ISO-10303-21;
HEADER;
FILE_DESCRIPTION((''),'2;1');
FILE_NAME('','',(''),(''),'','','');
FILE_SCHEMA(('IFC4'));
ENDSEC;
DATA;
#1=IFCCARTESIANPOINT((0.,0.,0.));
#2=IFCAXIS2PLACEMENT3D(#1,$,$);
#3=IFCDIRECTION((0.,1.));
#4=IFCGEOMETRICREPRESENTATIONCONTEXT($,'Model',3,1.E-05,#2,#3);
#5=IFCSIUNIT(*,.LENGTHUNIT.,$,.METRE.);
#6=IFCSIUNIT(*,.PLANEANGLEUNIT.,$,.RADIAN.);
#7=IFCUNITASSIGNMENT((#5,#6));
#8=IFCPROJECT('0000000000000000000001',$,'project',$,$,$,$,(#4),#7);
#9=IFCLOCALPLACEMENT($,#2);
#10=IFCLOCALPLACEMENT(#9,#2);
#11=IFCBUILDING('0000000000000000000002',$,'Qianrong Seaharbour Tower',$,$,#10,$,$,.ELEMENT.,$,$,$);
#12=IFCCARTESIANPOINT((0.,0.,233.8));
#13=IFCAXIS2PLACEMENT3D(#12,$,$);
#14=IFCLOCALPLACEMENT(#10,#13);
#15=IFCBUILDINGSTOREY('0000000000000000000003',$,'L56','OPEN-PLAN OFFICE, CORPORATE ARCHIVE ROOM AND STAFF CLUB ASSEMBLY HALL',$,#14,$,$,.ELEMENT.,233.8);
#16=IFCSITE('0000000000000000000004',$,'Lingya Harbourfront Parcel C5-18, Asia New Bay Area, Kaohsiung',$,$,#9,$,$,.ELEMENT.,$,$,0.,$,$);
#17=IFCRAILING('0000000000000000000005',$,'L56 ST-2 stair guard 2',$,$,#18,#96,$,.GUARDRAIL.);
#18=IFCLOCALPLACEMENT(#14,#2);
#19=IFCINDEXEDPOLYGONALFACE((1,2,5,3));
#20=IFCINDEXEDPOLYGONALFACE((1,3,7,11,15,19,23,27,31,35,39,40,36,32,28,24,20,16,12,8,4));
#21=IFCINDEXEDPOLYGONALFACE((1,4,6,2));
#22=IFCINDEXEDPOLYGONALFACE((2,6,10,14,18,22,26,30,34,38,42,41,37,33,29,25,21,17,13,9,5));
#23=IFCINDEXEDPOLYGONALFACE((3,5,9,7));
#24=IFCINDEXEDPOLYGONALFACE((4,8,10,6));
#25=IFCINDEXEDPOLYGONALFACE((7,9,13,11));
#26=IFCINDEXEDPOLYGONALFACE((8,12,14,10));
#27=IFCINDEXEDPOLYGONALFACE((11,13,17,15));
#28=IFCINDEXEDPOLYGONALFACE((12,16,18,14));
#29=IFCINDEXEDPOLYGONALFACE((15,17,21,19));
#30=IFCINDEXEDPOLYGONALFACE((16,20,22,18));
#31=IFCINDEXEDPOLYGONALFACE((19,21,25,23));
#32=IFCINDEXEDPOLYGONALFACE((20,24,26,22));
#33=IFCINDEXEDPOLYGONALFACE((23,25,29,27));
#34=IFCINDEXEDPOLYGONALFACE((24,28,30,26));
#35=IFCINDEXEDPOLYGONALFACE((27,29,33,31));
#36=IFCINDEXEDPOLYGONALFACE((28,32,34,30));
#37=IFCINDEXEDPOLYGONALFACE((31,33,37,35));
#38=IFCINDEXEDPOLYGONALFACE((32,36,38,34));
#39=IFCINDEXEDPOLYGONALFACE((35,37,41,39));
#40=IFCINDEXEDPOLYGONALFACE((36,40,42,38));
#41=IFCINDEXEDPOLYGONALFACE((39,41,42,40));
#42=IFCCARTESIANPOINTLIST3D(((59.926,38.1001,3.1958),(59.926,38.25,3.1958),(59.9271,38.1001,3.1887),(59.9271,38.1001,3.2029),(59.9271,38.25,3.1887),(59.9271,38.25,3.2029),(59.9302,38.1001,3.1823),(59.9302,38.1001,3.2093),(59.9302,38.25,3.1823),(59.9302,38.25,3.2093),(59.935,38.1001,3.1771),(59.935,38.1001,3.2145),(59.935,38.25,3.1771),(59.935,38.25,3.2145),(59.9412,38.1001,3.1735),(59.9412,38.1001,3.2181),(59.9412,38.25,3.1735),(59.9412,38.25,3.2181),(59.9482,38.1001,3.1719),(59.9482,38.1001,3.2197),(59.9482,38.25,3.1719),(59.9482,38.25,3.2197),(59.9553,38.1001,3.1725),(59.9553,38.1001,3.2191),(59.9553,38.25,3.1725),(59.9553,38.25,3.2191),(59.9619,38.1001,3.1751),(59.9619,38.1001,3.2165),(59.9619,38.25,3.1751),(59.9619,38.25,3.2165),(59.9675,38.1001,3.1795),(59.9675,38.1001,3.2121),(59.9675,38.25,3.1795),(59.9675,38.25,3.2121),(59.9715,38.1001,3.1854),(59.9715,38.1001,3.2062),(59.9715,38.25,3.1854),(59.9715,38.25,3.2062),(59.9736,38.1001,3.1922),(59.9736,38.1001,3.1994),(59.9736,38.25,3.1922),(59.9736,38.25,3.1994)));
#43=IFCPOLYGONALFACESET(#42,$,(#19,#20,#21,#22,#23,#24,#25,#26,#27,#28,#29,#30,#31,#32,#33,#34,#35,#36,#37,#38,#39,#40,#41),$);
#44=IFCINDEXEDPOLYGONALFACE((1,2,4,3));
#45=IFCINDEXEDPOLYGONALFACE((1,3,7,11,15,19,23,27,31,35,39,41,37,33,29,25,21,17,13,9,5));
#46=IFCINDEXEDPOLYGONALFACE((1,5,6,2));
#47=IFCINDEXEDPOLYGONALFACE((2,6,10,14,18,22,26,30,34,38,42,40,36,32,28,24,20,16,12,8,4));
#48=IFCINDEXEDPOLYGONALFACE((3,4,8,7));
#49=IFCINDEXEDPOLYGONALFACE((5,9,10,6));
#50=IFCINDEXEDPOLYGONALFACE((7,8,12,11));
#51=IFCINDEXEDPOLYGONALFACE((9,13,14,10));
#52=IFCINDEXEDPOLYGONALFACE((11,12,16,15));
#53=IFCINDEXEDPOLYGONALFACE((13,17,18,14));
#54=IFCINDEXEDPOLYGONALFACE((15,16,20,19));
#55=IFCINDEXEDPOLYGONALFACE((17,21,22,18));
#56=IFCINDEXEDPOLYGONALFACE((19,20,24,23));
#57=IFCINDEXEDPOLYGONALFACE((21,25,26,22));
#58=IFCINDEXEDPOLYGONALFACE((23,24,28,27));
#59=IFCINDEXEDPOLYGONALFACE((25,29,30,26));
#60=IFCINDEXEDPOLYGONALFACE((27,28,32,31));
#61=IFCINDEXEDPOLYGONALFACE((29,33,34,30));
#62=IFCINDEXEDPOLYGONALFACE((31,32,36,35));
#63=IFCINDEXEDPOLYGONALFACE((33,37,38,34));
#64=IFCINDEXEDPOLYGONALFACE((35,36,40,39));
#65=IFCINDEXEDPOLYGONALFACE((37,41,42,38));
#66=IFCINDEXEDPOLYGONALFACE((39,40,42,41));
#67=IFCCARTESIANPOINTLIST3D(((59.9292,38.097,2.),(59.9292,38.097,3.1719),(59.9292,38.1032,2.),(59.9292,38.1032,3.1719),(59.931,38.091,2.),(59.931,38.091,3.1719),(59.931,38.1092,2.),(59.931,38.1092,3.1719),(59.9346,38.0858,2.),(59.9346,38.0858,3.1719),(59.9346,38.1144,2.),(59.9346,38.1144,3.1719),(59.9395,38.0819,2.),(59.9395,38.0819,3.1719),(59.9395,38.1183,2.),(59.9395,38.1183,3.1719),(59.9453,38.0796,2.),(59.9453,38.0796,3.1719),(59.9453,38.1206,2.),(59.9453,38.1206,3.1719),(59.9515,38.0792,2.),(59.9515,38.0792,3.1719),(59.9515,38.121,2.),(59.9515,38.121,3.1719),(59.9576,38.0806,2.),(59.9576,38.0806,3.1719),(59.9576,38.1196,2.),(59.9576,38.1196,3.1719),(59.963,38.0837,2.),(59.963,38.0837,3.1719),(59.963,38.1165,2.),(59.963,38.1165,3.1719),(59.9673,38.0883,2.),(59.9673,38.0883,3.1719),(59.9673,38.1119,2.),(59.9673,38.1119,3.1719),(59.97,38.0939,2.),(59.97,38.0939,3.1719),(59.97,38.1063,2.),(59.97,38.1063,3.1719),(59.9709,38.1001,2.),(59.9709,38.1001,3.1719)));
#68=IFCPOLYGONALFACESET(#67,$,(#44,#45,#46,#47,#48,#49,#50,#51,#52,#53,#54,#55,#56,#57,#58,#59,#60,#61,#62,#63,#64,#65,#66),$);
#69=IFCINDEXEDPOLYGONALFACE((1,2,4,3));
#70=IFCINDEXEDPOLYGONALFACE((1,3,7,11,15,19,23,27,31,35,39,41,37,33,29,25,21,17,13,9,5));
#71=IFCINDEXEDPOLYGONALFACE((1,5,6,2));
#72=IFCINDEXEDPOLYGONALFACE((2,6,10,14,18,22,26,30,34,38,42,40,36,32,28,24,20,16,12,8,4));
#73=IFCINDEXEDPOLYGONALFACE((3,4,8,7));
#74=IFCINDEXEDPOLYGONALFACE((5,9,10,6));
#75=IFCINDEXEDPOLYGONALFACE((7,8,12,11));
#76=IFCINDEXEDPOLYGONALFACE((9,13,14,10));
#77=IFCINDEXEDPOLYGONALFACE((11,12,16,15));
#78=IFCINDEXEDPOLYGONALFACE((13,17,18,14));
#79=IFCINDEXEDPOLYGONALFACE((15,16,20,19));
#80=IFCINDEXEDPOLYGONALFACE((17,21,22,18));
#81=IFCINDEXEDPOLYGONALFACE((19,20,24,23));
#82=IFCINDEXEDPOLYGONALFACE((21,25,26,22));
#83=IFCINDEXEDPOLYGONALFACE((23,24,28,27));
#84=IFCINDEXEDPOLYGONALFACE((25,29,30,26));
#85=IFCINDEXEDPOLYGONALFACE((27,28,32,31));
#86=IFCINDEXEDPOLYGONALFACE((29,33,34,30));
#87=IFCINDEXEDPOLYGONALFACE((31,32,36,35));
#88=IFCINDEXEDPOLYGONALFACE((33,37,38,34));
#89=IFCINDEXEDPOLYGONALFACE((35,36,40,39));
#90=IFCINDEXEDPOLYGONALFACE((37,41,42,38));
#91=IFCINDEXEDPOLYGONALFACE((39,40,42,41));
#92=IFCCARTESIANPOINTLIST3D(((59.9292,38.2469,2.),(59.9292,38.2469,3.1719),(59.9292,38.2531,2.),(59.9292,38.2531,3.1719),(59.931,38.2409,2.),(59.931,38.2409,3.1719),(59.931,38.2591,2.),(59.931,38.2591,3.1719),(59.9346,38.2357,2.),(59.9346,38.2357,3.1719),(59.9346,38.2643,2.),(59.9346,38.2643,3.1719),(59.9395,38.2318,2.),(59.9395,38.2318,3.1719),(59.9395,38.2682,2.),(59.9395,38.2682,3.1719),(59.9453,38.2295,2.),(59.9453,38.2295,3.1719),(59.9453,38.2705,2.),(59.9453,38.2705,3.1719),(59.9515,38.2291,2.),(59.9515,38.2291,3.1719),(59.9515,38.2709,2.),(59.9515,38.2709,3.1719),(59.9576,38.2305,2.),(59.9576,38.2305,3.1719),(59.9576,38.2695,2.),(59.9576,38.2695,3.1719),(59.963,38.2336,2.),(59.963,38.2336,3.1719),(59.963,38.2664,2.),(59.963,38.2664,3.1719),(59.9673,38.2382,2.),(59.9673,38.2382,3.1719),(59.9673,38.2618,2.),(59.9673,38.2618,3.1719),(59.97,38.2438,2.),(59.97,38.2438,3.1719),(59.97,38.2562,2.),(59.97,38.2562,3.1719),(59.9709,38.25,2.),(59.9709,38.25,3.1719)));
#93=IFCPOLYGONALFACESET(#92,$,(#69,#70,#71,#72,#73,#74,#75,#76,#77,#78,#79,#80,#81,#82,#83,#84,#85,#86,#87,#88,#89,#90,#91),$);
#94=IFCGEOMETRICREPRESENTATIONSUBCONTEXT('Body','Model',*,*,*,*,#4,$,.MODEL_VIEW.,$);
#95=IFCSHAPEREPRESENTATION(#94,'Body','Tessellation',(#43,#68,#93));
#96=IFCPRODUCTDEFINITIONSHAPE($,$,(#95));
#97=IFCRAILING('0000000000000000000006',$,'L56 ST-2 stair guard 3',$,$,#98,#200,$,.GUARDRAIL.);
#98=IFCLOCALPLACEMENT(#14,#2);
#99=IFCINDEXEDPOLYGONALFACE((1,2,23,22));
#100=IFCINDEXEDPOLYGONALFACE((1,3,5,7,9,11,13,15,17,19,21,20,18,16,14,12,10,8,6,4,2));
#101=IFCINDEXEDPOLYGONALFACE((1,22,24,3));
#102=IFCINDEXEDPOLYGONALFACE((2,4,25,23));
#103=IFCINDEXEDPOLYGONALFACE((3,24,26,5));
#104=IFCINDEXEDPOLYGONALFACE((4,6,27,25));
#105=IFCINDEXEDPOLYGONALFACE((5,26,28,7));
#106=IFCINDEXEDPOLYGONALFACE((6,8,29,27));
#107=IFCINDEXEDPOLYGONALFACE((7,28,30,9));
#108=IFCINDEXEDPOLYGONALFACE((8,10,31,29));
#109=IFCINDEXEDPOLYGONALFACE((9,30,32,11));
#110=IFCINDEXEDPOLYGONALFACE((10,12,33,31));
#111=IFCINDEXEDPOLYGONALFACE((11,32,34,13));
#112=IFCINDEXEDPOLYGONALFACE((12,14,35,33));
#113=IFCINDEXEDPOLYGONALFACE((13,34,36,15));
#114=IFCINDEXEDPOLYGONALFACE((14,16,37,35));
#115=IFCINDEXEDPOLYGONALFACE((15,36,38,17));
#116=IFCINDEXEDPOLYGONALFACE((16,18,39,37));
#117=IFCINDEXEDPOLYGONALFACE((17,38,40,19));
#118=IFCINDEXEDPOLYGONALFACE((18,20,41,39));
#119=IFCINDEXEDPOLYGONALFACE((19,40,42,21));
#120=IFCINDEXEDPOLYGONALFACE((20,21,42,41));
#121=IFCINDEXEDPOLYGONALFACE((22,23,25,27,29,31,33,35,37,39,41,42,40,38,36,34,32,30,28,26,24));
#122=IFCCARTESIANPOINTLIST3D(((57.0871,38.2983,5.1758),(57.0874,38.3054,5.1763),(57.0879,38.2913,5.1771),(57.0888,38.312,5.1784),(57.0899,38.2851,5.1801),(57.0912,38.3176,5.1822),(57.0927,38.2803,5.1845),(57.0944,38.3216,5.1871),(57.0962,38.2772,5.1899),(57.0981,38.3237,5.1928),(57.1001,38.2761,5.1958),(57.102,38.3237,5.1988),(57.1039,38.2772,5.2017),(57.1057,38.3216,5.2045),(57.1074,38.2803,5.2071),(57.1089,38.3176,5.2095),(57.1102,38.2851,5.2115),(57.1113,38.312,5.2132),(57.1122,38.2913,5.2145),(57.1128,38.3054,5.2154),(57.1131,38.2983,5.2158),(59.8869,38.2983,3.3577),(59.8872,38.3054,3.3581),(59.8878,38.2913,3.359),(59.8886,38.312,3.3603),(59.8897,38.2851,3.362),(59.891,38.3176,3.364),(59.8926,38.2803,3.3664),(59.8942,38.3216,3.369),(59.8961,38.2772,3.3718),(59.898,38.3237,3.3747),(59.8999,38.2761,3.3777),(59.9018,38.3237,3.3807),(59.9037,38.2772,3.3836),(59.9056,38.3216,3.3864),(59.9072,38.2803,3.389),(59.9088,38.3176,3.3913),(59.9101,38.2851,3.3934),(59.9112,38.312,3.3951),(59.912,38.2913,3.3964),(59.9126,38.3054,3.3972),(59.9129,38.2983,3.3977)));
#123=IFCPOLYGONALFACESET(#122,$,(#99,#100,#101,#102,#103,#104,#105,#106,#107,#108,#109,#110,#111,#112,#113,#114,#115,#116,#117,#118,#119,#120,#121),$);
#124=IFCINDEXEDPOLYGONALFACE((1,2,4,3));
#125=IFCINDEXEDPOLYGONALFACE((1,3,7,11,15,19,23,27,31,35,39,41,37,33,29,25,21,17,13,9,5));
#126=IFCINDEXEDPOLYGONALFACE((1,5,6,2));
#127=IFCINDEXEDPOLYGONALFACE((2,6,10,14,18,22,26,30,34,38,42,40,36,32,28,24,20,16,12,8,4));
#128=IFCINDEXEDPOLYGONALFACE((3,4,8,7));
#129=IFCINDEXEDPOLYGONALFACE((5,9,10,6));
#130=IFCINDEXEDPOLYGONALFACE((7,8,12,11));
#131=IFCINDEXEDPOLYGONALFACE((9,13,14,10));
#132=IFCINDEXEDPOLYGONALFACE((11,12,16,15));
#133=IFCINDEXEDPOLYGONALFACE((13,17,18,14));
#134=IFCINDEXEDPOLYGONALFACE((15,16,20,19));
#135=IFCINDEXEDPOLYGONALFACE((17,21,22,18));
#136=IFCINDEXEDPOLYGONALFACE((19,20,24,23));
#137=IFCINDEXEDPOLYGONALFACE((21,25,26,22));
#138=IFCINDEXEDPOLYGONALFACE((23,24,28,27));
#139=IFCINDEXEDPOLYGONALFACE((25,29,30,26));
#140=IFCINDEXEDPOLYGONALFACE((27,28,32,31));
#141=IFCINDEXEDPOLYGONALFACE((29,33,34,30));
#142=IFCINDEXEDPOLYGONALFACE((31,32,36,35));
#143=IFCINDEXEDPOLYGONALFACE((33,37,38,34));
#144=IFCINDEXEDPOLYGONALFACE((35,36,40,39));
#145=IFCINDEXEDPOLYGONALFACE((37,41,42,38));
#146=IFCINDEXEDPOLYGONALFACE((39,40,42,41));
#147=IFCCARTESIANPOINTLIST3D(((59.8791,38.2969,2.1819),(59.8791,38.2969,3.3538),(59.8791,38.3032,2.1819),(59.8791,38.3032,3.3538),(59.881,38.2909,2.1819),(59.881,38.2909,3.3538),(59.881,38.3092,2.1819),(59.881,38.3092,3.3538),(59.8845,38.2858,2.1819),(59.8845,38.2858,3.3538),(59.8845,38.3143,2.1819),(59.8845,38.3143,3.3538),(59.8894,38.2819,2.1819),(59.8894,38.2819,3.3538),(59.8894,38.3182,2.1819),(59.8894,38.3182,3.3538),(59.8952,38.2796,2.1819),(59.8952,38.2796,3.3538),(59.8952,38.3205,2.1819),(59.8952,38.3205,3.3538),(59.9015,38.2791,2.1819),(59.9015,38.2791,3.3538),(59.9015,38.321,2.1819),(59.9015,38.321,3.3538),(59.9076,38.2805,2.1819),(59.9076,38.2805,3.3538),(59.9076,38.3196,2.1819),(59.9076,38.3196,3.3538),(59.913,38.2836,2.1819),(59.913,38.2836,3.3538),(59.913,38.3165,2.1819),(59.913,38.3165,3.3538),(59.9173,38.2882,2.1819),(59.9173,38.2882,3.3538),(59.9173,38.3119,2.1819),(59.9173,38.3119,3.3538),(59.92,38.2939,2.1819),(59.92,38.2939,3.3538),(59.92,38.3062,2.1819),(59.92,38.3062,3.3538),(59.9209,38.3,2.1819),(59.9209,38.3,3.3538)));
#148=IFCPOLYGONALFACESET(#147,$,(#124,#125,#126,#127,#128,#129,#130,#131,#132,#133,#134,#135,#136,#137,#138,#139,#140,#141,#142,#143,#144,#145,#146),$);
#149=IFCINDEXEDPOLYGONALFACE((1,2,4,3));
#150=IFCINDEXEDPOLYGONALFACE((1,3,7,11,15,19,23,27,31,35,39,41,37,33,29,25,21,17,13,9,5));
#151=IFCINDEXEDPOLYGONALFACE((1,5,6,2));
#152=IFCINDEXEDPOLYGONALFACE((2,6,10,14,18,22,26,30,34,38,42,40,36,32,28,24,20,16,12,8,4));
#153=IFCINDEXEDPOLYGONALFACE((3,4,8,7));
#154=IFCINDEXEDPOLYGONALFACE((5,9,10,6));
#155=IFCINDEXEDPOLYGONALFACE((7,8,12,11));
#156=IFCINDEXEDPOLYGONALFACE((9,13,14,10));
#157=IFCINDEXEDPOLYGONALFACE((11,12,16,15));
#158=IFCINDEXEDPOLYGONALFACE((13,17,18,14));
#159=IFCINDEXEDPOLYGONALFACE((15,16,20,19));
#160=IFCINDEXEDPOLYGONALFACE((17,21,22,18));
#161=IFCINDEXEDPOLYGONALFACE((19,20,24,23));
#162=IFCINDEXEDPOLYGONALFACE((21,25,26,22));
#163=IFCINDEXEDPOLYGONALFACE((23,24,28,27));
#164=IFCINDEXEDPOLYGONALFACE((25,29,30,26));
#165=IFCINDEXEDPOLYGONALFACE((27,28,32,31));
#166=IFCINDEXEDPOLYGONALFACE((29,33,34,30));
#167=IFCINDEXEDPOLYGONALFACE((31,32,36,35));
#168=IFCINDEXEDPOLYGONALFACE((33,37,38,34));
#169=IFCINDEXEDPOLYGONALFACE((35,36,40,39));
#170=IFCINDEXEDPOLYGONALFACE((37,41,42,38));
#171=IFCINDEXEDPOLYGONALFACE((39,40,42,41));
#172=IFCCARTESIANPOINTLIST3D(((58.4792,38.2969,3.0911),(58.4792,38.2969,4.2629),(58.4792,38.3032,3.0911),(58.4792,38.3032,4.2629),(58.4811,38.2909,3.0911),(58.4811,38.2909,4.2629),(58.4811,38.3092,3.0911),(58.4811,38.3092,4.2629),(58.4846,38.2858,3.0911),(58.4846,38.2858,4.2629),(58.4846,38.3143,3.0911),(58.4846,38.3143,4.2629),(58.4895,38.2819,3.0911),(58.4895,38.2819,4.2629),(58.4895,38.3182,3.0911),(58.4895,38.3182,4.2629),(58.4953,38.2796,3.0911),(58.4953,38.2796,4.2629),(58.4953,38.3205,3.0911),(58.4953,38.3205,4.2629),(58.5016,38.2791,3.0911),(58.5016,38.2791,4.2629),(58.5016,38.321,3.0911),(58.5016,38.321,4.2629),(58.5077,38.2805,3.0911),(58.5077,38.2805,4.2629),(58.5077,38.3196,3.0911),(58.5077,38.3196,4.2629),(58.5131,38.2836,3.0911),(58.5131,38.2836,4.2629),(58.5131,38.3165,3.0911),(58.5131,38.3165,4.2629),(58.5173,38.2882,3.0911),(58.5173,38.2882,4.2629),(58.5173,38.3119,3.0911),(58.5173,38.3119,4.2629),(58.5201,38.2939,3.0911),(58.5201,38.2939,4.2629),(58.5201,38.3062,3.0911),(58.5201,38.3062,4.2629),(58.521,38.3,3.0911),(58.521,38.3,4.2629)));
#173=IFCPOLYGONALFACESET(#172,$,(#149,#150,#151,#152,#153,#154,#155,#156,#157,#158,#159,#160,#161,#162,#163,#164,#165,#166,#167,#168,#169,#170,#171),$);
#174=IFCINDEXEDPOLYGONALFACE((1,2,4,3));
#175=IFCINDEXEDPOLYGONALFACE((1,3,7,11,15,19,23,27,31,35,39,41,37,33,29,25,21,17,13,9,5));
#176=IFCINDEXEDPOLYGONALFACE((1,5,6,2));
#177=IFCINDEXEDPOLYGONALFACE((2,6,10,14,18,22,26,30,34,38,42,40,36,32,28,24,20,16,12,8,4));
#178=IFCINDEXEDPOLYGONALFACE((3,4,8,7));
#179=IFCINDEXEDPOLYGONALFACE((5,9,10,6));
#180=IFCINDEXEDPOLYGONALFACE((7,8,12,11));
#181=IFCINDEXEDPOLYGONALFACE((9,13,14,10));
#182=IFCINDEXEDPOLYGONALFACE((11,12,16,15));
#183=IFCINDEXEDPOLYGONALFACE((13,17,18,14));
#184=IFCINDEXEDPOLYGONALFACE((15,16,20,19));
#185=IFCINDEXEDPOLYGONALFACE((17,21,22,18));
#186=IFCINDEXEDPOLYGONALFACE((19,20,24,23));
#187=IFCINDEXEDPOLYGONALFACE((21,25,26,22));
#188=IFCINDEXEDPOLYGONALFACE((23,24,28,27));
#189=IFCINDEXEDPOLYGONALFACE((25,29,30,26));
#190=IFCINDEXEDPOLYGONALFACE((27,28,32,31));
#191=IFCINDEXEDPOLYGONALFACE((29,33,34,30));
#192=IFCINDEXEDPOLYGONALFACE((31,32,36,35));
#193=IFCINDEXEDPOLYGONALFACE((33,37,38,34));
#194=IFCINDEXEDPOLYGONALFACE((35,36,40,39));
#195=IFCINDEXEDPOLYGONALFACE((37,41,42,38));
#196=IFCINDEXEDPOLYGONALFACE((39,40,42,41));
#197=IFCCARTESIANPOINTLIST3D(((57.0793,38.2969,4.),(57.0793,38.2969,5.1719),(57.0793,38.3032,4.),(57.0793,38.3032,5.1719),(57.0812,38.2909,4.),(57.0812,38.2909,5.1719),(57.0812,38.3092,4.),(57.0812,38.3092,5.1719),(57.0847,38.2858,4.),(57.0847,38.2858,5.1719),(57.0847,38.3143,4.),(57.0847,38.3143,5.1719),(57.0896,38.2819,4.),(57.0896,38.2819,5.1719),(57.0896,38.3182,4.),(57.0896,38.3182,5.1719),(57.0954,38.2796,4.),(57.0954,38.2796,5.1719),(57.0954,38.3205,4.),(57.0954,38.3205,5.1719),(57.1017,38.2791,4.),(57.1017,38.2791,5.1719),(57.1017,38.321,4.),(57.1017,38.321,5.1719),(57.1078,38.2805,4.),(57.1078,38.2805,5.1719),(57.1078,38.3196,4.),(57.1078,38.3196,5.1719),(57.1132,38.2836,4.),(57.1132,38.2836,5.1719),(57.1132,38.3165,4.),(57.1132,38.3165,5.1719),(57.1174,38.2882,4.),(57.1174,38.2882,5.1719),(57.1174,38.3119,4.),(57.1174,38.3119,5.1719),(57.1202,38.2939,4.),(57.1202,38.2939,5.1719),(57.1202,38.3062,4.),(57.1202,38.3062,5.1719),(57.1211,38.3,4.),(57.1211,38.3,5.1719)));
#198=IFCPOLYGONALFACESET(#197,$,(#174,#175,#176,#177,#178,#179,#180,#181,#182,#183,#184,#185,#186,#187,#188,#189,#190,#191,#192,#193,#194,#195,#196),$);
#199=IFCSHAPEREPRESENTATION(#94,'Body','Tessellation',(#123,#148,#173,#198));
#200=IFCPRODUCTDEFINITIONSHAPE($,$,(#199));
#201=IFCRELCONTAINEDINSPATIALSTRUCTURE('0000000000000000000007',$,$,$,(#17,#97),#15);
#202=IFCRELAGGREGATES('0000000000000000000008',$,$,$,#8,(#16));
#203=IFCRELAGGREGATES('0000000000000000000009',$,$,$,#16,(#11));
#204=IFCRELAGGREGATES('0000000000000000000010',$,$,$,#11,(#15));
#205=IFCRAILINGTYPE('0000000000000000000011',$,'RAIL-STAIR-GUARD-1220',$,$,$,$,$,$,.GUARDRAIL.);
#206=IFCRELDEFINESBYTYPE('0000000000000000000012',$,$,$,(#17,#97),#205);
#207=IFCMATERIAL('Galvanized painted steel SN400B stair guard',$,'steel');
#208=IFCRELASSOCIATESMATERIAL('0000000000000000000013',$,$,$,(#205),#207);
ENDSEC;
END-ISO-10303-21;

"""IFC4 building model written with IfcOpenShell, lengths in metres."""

from ifc_helpers import new_model, si_unit, direction, frame, origin, origin_2d, place, context, subcontext, project, spatial, circle, extrude, material, type_object, element, save


model = new_model("IFC4")

# Units and contexts
model_context = context("Model", 3, precision=1e-05, world=origin(), true_north=direction((0.0, 1.0)))
body_context = subcontext(model_context, "Body", "Model", "MODEL_VIEW")
ifc_project = project(units=[si_unit("LENGTHUNIT", "METRE"), si_unit("PLANEANGLEUNIT", "RADIAN")], contexts=[model_context])

# Site, building, storey
site_placement = place(None, origin())
site = spatial("IfcSite", under=ifc_project, at=site_placement, Name="Lingya Harbourfront Parcel C5-18, Asia New Bay Area, Kaohsiung", CompositionType="ELEMENT", RefElevation=0.0)
building_placement = place(site_placement, origin())
building = spatial("IfcBuilding", under=site, at=building_placement, Name="Qianrong Seaharbour Tower", CompositionType="ELEMENT")
storey_placement = place(building_placement, frame((0.0, 0.0, 233.8)))
storey = spatial("IfcBuildingStorey", under=building, at=storey_placement, Name="L56", Description="OPEN-PLAN OFFICE, CORPORATE ARCHIVE ROOM AND STAFF CLUB ASSEMBLY HALL", CompositionType="ELEMENT", Elevation=233.8)

# Railings
ifc_material_1 = material(Name="Galvanized painted steel SN400B stair guard", Category="steel")
railing_type_1 = type_object("IfcRailingType", Name="RAIL-STAIR-GUARD-1220", PredefinedType="GUARDRAIL", material=ifc_material_1)
railing_1_placement = place(storey_placement, frame((59.95, 38.1001, 2.0)))
element("IfcRailing", 1, at=railing_1_placement, inside=storey, type_object=railing_type_1, Name="L56 ST-2 stair guard 2", PredefinedType="GUARDRAIL", context=body_context, shape_type="SweptSolid", body=[
    extrude(circle(Radius=0.0239, at=origin_2d()), frame((0.0, 0.0, 1.1958), z_axis=(0.0, 1.0, 0.0), x_axis=(-1.0, 0.0, 0.0)), (0.0, 0.0, 1.0), 0.1499),
    extrude(circle(Radius=0.021, at=origin_2d()), origin(), (0.0, 0.0, 1.0), 1.1719),
    extrude(circle(Radius=0.021, at=origin_2d()), frame((0.0, 0.1499, 0.0)), (0.0, 0.0, 1.0), 1.1719),
])
railing_2_placement = place(storey_placement, frame((59.8999, 38.3, 2.1819)))
element("IfcRailing", 2, at=railing_2_placement, inside=storey, type_object=railing_type_1, Name="L56 ST-2 stair guard 3", PredefinedType="GUARDRAIL", context=body_context, shape_type="SweptSolid", body=[
    extrude(circle(Radius=0.0239, at=origin_2d()), frame((0.0, 0.0, 1.1958), z_axis=(-0.838684, 0.0, 0.544618), x_axis=(0.0, -1.0, 0.0)), (0.0, 0.0, 1.0), 3.3384),
    extrude(circle(Radius=0.021, at=origin_2d()), origin(), (0.0, 0.0, 1.0), 1.1719),
    extrude(circle(Radius=0.021, at=origin_2d()), frame((-1.3999, 0.0, 0.9092)), (0.0, 0.0, 1.0), 1.1719),
    extrude(circle(Radius=0.021, at=origin_2d()), frame((-2.7998, 0.0, 1.8181)), (0.0, 0.0, 1.0), 1.1719),
])

save(model, "model.ifc")
